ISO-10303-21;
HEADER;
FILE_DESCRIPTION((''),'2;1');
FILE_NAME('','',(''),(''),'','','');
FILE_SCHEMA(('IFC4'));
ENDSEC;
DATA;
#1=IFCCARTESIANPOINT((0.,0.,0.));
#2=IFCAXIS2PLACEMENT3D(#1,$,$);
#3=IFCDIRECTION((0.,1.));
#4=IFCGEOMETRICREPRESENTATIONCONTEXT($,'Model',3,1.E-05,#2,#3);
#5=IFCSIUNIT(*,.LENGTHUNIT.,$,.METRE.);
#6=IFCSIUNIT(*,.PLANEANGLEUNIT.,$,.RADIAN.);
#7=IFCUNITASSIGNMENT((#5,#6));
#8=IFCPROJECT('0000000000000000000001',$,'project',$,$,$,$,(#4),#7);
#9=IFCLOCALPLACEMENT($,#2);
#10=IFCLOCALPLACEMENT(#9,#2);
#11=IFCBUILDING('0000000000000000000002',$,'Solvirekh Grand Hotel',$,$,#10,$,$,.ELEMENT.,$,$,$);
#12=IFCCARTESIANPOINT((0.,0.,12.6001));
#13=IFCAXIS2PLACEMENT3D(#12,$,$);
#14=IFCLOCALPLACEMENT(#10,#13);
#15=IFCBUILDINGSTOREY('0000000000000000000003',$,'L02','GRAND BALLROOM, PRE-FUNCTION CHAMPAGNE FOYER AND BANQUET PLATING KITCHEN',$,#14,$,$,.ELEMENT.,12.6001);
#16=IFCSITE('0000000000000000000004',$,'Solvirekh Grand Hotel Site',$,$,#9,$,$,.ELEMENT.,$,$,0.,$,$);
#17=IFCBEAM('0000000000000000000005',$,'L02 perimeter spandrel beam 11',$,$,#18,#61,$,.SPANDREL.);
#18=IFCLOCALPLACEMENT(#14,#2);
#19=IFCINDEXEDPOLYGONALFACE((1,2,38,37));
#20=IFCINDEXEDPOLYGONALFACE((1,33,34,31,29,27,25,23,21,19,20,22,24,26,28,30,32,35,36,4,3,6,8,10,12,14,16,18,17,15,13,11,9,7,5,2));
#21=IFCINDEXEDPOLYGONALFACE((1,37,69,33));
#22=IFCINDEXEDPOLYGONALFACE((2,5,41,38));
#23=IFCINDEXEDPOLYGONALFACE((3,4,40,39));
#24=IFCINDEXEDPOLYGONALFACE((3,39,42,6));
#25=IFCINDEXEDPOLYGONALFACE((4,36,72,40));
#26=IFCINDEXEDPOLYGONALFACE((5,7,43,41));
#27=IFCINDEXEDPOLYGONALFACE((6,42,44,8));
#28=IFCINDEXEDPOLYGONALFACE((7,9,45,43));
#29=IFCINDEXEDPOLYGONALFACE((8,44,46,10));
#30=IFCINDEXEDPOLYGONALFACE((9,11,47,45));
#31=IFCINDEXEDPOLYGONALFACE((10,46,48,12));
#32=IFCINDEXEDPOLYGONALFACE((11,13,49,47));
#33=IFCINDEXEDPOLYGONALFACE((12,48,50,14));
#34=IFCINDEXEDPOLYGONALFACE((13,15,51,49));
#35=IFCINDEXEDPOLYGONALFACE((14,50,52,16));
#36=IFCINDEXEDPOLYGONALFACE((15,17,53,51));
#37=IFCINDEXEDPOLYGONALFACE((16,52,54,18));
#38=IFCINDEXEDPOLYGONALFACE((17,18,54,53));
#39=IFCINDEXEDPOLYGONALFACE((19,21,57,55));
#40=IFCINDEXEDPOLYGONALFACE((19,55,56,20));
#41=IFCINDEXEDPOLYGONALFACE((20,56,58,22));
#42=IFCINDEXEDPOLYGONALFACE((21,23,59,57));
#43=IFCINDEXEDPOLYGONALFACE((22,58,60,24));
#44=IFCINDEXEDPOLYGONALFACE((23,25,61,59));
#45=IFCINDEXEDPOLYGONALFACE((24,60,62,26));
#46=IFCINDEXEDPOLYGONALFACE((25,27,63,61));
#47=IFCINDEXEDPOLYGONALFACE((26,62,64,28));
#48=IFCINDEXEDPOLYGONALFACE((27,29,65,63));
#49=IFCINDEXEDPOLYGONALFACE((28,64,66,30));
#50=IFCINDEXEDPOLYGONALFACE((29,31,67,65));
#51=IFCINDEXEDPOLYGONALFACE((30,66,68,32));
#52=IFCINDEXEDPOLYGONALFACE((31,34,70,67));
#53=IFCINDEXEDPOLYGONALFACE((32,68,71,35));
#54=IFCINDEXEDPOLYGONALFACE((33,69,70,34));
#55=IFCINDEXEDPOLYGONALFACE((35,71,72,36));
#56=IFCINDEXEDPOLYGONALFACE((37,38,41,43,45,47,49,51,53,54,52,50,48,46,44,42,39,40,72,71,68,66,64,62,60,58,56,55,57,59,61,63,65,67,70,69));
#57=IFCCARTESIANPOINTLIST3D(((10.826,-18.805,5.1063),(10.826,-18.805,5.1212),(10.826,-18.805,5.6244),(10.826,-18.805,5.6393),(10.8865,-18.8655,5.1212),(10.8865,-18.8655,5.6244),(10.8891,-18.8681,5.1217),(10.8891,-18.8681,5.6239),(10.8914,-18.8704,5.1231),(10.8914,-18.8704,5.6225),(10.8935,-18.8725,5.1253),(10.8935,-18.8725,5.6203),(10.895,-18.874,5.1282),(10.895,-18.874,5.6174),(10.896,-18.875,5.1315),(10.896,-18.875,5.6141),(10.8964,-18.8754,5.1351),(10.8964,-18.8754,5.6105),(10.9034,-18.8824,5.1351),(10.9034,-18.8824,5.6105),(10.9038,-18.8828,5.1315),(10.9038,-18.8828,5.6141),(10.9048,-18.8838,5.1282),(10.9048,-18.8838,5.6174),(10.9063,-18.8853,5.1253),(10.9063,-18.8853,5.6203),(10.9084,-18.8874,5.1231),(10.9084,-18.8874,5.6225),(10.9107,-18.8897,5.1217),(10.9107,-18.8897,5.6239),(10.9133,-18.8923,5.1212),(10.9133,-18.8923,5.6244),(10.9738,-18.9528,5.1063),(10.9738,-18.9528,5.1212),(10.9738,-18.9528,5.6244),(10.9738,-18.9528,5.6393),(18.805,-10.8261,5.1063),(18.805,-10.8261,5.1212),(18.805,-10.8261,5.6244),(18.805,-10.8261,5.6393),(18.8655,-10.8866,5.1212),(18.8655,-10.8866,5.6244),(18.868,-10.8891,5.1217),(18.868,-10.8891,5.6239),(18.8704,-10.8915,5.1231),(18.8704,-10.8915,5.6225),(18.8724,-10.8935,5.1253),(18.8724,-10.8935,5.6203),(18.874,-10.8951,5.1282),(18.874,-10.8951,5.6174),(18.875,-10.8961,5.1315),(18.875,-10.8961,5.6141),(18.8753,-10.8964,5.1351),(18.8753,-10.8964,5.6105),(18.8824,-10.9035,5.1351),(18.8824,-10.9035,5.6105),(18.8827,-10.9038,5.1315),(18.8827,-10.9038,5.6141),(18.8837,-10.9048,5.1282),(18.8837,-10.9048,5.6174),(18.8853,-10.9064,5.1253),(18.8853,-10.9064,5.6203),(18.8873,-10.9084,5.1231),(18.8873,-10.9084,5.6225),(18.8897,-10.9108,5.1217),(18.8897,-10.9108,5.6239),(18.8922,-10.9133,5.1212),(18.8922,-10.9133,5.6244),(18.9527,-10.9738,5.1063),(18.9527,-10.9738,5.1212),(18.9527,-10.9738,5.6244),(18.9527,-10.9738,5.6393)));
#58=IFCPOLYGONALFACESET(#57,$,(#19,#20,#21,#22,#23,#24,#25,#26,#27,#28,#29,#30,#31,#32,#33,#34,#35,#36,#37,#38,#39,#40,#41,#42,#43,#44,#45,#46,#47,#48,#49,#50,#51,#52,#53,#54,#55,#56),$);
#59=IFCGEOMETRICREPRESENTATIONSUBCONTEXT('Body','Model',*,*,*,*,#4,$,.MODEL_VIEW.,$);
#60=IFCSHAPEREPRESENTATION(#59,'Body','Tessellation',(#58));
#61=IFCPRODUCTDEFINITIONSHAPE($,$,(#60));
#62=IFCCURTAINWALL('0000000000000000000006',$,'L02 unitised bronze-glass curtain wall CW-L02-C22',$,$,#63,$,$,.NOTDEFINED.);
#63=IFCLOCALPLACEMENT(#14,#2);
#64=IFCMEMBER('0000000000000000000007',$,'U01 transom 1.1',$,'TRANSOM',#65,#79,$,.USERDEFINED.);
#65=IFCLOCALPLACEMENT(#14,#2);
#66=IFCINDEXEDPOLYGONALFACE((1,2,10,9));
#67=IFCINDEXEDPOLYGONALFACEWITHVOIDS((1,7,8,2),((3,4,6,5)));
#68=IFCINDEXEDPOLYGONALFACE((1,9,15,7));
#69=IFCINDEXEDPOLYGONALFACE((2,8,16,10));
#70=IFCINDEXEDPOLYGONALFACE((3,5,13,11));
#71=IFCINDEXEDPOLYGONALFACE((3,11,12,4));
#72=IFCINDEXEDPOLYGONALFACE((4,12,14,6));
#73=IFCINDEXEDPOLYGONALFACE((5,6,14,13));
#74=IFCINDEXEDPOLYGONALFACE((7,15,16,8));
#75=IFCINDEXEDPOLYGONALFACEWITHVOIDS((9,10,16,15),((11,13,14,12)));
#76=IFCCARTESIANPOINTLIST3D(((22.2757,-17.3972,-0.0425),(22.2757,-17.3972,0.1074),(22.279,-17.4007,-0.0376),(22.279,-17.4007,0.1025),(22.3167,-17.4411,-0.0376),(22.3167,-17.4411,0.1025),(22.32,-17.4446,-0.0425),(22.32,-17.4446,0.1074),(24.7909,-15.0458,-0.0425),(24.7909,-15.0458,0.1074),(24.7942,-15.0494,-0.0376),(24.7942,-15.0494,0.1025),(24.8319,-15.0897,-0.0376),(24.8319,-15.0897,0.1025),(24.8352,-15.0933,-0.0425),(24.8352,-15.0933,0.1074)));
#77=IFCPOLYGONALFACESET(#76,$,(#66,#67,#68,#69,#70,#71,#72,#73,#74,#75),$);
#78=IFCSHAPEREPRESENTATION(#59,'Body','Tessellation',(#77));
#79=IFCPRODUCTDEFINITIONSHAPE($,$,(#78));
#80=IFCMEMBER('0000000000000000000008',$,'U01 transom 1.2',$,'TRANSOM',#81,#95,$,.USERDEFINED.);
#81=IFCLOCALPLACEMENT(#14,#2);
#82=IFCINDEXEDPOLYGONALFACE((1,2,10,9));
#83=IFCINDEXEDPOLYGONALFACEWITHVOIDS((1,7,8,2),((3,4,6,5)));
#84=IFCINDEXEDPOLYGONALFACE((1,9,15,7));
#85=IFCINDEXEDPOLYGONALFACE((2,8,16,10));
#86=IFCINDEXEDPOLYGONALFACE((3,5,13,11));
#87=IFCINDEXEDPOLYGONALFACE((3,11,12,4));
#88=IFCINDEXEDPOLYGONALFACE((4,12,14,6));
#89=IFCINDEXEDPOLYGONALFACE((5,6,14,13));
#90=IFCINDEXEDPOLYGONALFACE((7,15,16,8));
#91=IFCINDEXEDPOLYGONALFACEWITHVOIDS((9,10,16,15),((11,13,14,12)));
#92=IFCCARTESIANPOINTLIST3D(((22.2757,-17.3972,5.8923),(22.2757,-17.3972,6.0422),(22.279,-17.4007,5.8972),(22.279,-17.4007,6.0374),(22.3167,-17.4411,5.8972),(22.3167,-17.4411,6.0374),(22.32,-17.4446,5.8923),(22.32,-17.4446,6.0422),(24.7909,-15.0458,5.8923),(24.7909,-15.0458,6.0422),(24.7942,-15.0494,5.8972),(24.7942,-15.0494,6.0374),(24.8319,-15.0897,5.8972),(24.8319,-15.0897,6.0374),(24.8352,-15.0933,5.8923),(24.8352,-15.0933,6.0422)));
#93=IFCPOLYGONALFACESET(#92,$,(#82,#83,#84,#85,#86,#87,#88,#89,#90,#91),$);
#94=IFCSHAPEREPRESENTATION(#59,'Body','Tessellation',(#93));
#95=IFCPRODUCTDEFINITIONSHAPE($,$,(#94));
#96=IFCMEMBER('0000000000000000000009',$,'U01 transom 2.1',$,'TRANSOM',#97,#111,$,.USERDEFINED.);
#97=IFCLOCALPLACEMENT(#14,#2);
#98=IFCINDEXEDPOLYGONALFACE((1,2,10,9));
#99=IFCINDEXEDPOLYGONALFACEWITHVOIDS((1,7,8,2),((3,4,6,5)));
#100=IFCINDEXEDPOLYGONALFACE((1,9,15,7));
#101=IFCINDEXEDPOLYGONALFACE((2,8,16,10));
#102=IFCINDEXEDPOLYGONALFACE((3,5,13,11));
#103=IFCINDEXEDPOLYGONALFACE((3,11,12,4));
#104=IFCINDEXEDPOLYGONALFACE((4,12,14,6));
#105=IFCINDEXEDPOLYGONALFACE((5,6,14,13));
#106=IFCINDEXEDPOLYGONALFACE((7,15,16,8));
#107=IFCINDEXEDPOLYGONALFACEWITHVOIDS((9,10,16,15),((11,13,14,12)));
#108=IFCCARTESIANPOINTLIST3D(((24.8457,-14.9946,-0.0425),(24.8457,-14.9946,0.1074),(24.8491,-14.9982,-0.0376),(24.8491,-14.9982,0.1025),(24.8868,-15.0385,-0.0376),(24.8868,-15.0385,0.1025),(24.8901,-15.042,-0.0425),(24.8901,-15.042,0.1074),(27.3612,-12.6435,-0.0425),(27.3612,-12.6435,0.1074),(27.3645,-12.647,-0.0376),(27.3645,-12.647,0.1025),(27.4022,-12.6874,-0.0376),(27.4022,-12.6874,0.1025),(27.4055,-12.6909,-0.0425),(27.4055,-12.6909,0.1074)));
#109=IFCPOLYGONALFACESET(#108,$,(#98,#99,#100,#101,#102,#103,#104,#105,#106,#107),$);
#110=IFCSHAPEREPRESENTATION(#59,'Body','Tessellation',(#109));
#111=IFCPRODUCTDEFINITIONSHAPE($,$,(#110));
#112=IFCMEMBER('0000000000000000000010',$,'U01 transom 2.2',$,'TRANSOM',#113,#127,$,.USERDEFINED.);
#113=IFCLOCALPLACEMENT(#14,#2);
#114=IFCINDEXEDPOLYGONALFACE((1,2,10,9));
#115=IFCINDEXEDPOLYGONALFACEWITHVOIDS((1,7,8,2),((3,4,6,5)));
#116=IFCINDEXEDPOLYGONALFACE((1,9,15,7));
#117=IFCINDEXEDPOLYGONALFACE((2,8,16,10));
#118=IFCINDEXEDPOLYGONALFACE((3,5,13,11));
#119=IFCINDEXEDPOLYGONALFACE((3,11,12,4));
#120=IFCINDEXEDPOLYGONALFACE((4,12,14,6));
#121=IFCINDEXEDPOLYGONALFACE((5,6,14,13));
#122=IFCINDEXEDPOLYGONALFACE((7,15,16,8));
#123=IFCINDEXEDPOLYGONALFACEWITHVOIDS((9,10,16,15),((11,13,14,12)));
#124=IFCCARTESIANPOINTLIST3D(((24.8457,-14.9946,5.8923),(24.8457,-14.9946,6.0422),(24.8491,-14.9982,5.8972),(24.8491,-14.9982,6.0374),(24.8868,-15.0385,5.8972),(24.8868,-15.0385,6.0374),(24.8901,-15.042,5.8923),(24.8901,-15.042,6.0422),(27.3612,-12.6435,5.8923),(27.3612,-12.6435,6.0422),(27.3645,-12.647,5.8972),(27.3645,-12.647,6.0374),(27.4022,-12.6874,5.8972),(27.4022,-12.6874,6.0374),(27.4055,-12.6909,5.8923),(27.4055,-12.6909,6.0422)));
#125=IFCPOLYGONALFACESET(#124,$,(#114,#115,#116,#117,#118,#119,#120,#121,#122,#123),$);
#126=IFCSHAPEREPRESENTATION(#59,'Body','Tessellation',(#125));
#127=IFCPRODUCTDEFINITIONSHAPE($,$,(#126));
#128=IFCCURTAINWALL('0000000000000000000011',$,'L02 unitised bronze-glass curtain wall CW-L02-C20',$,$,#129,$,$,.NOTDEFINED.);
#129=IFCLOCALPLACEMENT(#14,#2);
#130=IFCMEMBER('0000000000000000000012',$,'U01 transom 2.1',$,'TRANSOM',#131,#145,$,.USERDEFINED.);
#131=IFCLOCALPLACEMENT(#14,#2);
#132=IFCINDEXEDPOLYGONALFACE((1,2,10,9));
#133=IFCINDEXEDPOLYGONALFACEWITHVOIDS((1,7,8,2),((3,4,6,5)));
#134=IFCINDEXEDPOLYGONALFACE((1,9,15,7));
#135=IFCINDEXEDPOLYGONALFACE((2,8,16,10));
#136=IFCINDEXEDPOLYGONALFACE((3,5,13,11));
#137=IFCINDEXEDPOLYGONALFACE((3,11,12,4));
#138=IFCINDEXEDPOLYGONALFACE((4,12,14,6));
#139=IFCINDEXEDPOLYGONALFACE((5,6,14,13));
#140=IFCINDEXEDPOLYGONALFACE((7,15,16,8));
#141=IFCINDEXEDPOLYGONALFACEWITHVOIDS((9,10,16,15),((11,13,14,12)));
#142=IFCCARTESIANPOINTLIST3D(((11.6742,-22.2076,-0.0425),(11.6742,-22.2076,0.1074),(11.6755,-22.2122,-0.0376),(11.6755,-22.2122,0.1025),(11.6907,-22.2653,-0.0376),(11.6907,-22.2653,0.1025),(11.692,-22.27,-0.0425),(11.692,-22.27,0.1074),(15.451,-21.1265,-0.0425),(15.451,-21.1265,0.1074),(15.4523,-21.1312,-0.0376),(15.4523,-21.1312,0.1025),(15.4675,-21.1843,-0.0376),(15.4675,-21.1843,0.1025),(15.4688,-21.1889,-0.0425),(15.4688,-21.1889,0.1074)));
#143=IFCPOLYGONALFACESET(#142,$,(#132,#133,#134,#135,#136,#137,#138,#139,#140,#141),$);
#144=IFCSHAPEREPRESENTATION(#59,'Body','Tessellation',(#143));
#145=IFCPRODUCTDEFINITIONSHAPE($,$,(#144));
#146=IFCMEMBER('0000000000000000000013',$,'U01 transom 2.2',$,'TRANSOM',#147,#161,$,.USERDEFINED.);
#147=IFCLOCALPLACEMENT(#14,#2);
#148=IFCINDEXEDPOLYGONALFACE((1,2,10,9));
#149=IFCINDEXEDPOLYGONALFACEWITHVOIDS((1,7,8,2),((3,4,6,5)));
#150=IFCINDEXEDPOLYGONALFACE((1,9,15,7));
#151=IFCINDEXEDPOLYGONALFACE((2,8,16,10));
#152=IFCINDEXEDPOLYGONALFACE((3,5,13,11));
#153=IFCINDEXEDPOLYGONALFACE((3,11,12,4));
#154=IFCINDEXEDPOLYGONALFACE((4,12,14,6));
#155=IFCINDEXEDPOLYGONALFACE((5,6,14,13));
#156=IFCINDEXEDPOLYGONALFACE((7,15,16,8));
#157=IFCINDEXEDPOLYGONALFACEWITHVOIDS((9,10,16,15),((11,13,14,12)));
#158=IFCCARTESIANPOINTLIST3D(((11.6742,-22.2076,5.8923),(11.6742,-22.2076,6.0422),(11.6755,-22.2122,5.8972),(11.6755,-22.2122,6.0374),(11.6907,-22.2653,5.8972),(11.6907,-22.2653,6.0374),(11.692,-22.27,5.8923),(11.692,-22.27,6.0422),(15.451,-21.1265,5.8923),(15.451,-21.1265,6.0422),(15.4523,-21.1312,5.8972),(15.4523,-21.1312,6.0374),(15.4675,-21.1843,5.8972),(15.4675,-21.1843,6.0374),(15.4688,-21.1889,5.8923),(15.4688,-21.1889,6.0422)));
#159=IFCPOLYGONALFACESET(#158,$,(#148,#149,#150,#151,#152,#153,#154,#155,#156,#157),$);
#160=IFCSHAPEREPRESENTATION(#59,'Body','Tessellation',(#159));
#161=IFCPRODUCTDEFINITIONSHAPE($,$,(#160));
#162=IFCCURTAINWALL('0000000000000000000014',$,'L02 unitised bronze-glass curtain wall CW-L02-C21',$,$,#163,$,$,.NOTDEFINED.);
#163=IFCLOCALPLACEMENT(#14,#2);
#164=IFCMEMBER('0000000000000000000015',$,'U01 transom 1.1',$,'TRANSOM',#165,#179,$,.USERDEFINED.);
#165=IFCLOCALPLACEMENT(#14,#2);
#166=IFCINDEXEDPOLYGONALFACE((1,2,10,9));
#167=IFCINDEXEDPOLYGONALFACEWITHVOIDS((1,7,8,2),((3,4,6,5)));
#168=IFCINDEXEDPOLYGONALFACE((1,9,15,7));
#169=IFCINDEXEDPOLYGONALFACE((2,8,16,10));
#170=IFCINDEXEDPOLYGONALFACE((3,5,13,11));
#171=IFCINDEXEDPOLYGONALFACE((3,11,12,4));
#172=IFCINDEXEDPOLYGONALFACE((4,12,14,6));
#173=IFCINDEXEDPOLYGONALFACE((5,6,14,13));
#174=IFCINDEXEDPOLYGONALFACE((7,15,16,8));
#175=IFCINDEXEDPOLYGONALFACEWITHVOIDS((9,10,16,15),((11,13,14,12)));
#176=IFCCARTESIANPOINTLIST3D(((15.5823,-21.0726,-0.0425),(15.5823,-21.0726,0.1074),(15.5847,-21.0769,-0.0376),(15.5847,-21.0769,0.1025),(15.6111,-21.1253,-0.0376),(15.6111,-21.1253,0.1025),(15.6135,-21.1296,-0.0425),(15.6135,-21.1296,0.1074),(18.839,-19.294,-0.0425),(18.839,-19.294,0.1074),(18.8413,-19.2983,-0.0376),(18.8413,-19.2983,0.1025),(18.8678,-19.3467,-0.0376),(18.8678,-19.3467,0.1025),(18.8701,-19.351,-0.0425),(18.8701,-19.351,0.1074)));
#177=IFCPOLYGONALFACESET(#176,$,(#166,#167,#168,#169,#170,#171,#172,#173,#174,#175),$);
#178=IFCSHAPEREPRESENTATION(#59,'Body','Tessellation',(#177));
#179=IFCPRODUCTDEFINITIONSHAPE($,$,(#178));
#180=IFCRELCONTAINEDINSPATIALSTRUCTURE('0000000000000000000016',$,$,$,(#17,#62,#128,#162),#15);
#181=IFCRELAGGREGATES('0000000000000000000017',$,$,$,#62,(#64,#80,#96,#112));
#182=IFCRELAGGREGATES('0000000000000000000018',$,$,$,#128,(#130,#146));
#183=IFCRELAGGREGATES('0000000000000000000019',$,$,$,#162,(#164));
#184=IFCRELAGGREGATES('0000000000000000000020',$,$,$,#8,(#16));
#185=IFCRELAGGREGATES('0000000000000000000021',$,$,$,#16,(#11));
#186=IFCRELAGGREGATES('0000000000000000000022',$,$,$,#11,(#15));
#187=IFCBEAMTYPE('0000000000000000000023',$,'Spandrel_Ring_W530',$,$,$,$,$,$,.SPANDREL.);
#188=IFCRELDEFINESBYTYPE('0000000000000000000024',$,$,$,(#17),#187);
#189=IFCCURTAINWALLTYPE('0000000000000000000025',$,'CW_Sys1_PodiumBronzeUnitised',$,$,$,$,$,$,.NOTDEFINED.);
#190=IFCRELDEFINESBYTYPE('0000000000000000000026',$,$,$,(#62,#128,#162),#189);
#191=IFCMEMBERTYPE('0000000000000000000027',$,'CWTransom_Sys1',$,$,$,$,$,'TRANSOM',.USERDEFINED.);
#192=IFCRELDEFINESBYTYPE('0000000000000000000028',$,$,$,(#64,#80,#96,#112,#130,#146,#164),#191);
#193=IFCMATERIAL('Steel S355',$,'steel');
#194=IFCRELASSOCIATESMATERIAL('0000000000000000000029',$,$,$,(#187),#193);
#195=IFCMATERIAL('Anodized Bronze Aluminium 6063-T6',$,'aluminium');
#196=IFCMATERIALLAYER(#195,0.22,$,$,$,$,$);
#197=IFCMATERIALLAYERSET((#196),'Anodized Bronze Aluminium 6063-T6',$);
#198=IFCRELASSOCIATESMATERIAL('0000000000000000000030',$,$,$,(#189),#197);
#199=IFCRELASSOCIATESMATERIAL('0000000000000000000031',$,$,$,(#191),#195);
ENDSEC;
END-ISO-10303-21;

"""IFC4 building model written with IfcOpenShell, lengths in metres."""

from ifc_helpers import new_model, si_unit, direction, frame, origin, origin_2d, place, context, subcontext, project, spatial, hollow_rectangle, i_section, extrude, source, transform, mapped, material, layer, layer_set, material_profile, profile_set, type_object, element, aggregate, save


model = new_model("IFC4")

# Units and contexts
model_context = context("Model", 3, precision=1e-05, world=origin(), true_north=direction((0.0, 1.0)))
body_context = subcontext(model_context, "Body", "Model", "MODEL_VIEW")
ifc_project = project(units=[si_unit("LENGTHUNIT", "METRE"), si_unit("PLANEANGLEUNIT", "RADIAN")], contexts=[model_context])

# Site, building, storey
site_placement = place(None, origin())
site = spatial("IfcSite", under=ifc_project, at=site_placement, Name="Solvirekh Grand Hotel Site", CompositionType="ELEMENT", RefElevation=0.0)
building_placement = place(site_placement, origin())
building = spatial("IfcBuilding", under=site, at=building_placement, Name="Solvirekh Grand Hotel", CompositionType="ELEMENT")
storey_placement = place(building_placement, frame((0.0, 0.0, 12.6001)))
storey = spatial("IfcBuildingStorey", under=building, at=storey_placement, Name="L02", Description="GRAND BALLROOM, PRE-FUNCTION CHAMPAGNE FOYER AND BANQUET PLATING KITCHEN", CompositionType="ELEMENT", Elevation=12.6001)

# Beam
ifc_material_1 = material(Name="Steel S355", Category="steel")
ifc_material_profile_1 = material_profile(ifc_material_1, i_section(OverallWidth=0.209, OverallDepth=0.533, WebThickness=0.01, FlangeThickness=0.0149, FilletRadius=0.0139, at=origin_2d()), Name="W530X92")
ifc_profile_set_1 = profile_set([ifc_material_profile_1], Name="Steel S355")
beam_type = type_object("IfcBeamType", Name="Spandrel_Ring_W530", PredefinedType="SPANDREL", material=ifc_profile_set_1)
beam_placement = place(storey_placement, frame((10.8999, -18.8789, 5.3728), z_axis=(0.707107, 0.707107, 0.0), x_axis=(-0.707107, 0.707107, 0.0)))
element("IfcBeam", 1, at=beam_placement, inside=storey, type_object=beam_type, Name="L02 perimeter spandrel beam 11", PredefinedType="SPANDREL", context=body_context, shape_type="SweptSolid", body=[
    extrude(i_section(OverallWidth=0.209, OverallDepth=0.533, WebThickness=0.01, FlangeThickness=0.0149, FilletRadius=0.0139, at=origin_2d()), origin(), (0.0, 0.0, 1.0), 11.2839),
])

# Curtain walls, members
ifc_material_2 = material(Name="Anodized Bronze Aluminium 6063-T6", Category="aluminium")
ifc_layer_1 = layer(ifc_material_2, 0.22)
ifc_layer_set_1 = layer_set([ifc_layer_1], Name="Anodized Bronze Aluminium 6063-T6")
curtain_wall_type = type_object("IfcCurtainWallType", Name="CW_Sys1_PodiumBronzeUnitised", PredefinedType="NOTDEFINED", material=ifc_layer_set_1)
curtain_wall_1_placement = place(storey_placement, origin())
curtain_wall_1 = element("IfcCurtainWall", 2, at=curtain_wall_1_placement, inside=storey, type_object=curtain_wall_type, Name="L02 unitised bronze-glass curtain wall CW-L02-C22", PredefinedType="NOTDEFINED")
ifc_material_profile_2 = material_profile(ifc_material_2, hollow_rectangle(XDim=0.0649, YDim=0.1499, WallThickness=0.0049, at=origin_2d()), Name="ALU RHS 150X65X5")
ifc_profile_set_2 = profile_set([ifc_material_profile_2], Name="Anodized Bronze Aluminium 6063-T6")
member_type_1 = type_object("IfcMemberType", Name="CWTransom_Sys1", ElementType="TRANSOM", PredefinedType="USERDEFINED", material=ifc_profile_set_2)
shared_shape_1 = source(origin(), body_context, "Body", "SweptSolid", [
    extrude(hollow_rectangle(XDim=0.0649, YDim=0.1499, WallThickness=0.0049, at=origin_2d()), origin(), (0.0, 0.0, 1.0), 3.4431),
])
member_1_placement = place(storey_placement, frame((22.2979, -17.4209, 0.0325), z_axis=(0.730496, 0.682917, 0.0), x_axis=(-0.682917, 0.730496, 0.0)))
member_1 = element("IfcMember", 3, at=member_1_placement, type_object=member_type_1, Name="U01 transom 1.1", ObjectType="TRANSOM", PredefinedType="USERDEFINED", context=body_context, shape_type="MappedRepresentation", body=[
    mapped(shared_shape_1, transform((0.0, 0.0, 0.0), x_axis=(1.0, 0.0, 0.0), y_axis=(0.0, 1.0, 0.0), z_axis=(0.0, 0.0, 1.0), scale=1.0)),
])
member_2_placement = place(storey_placement, frame((22.2979, -17.4209, 5.9673), z_axis=(0.730496, 0.682917, 0.0), x_axis=(-0.682917, 0.730496, 0.0)))
member_2 = element("IfcMember", 4, at=member_2_placement, type_object=member_type_1, Name="U01 transom 1.2", ObjectType="TRANSOM", PredefinedType="USERDEFINED", context=body_context, shape_type="MappedRepresentation", body=[
    mapped(shared_shape_1, transform((0.0, 0.0, 0.0), x_axis=(1.0, 0.0, 0.0), y_axis=(0.0, 1.0, 0.0), z_axis=(0.0, 0.0, 1.0), scale=1.0)),
])
member_3_placement = place(storey_placement, frame((24.8679, -15.0183, 0.0325), z_axis=(0.730565, 0.682844, 0.0), x_axis=(-0.682844, 0.730565, 0.0)))
member_3 = element("IfcMember", 5, at=member_3_placement, type_object=member_type_1, Name="U01 transom 2.1", ObjectType="TRANSOM", PredefinedType="USERDEFINED", context=body_context, shape_type="MappedRepresentation", body=[
    mapped(shared_shape_1, transform((0.0, 0.0, 0.0), x_axis=(1.0, 0.0, 0.0), y_axis=(0.0, 1.0, 0.0), z_axis=(0.0, 0.0, 1.0), scale=1.0)),
])
member_4_placement = place(storey_placement, frame((24.8679, -15.0183, 5.9673), z_axis=(0.730565, 0.682844, 0.0), x_axis=(-0.682844, 0.730565, 0.0)))
member_4 = element("IfcMember", 6, at=member_4_placement, type_object=member_type_1, Name="U01 transom 2.2", ObjectType="TRANSOM", PredefinedType="USERDEFINED", context=body_context, shape_type="MappedRepresentation", body=[
    mapped(shared_shape_1, transform((0.0, 0.0, 0.0), x_axis=(1.0, 0.0, 0.0), y_axis=(0.0, 1.0, 0.0), z_axis=(0.0, 0.0, 1.0), scale=1.0)),
])
curtain_wall_2_placement = place(storey_placement, origin())
curtain_wall_2 = element("IfcCurtainWall", 7, at=curtain_wall_2_placement, inside=storey, type_object=curtain_wall_type, Name="L02 unitised bronze-glass curtain wall CW-L02-C20", PredefinedType="NOTDEFINED")
shared_shape_2 = source(origin(), body_context, "Body", "SweptSolid", [
    extrude(hollow_rectangle(XDim=0.0649, YDim=0.1499, WallThickness=0.0049, at=origin_2d()), origin(), (0.0, 0.0, 1.0), 3.9285),
])
member_5_placement = place(storey_placement, frame((11.6831, -22.2388, 0.0325), z_axis=(0.961393, 0.275181, 0.0), x_axis=(-0.275181, 0.961393, 0.0)))
member_5 = element("IfcMember", 8, at=member_5_placement, type_object=member_type_1, Name="U01 transom 2.1", ObjectType="TRANSOM", PredefinedType="USERDEFINED", context=body_context, shape_type="MappedRepresentation", body=[
    mapped(shared_shape_2, transform((0.0, 0.0, 0.0), x_axis=(1.0, 0.0, 0.0), y_axis=(0.0, 1.0, 0.0), z_axis=(0.0, 0.0, 1.0), scale=1.0)),
])
member_6_placement = place(storey_placement, frame((11.6831, -22.2388, 5.9673), z_axis=(0.961393, 0.275181, 0.0), x_axis=(-0.275181, 0.961393, 0.0)))
member_6 = element("IfcMember", 9, at=member_6_placement, type_object=member_type_1, Name="U01 transom 2.2", ObjectType="TRANSOM", PredefinedType="USERDEFINED", context=body_context, shape_type="MappedRepresentation", body=[
    mapped(shared_shape_2, transform((0.0, 0.0, 0.0), x_axis=(1.0, 0.0, 0.0), y_axis=(0.0, 1.0, 0.0), z_axis=(0.0, 0.0, 1.0), scale=1.0)),
])
curtain_wall_3_placement = place(storey_placement, origin())
curtain_wall_3 = element("IfcCurtainWall", 10, at=curtain_wall_3_placement, inside=storey, type_object=curtain_wall_type, Name="L02 unitised bronze-glass curtain wall CW-L02-C21", PredefinedType="NOTDEFINED")
shared_shape_3 = source(origin(), body_context, "Body", "SweptSolid", [
    extrude(hollow_rectangle(XDim=0.0649, YDim=0.1499, WallThickness=0.0049, at=origin_2d()), origin(), (0.0, 0.0, 1.0), 3.7107),
])
member_7_placement = place(storey_placement, frame((15.5979, -21.1011, 0.0325), z_axis=(0.877641, 0.479318, 0.0), x_axis=(-0.479318, 0.877641, 0.0)))
member_7 = element("IfcMember", 11, at=member_7_placement, type_object=member_type_1, Name="U01 transom 1.1", ObjectType="TRANSOM", PredefinedType="USERDEFINED", context=body_context, shape_type="MappedRepresentation", body=[
    mapped(shared_shape_3, transform((0.0, 0.0, 0.0), x_axis=(1.0, 0.0, 0.0), y_axis=(0.0, 1.0, 0.0), z_axis=(0.0, 0.0, 1.0), scale=1.0)),
])

aggregate(curtain_wall_1, [member_1, member_2, member_3, member_4])
aggregate(curtain_wall_2, [member_5, member_6])
aggregate(curtain_wall_3, [member_7])

save(model, "model.ifc")
